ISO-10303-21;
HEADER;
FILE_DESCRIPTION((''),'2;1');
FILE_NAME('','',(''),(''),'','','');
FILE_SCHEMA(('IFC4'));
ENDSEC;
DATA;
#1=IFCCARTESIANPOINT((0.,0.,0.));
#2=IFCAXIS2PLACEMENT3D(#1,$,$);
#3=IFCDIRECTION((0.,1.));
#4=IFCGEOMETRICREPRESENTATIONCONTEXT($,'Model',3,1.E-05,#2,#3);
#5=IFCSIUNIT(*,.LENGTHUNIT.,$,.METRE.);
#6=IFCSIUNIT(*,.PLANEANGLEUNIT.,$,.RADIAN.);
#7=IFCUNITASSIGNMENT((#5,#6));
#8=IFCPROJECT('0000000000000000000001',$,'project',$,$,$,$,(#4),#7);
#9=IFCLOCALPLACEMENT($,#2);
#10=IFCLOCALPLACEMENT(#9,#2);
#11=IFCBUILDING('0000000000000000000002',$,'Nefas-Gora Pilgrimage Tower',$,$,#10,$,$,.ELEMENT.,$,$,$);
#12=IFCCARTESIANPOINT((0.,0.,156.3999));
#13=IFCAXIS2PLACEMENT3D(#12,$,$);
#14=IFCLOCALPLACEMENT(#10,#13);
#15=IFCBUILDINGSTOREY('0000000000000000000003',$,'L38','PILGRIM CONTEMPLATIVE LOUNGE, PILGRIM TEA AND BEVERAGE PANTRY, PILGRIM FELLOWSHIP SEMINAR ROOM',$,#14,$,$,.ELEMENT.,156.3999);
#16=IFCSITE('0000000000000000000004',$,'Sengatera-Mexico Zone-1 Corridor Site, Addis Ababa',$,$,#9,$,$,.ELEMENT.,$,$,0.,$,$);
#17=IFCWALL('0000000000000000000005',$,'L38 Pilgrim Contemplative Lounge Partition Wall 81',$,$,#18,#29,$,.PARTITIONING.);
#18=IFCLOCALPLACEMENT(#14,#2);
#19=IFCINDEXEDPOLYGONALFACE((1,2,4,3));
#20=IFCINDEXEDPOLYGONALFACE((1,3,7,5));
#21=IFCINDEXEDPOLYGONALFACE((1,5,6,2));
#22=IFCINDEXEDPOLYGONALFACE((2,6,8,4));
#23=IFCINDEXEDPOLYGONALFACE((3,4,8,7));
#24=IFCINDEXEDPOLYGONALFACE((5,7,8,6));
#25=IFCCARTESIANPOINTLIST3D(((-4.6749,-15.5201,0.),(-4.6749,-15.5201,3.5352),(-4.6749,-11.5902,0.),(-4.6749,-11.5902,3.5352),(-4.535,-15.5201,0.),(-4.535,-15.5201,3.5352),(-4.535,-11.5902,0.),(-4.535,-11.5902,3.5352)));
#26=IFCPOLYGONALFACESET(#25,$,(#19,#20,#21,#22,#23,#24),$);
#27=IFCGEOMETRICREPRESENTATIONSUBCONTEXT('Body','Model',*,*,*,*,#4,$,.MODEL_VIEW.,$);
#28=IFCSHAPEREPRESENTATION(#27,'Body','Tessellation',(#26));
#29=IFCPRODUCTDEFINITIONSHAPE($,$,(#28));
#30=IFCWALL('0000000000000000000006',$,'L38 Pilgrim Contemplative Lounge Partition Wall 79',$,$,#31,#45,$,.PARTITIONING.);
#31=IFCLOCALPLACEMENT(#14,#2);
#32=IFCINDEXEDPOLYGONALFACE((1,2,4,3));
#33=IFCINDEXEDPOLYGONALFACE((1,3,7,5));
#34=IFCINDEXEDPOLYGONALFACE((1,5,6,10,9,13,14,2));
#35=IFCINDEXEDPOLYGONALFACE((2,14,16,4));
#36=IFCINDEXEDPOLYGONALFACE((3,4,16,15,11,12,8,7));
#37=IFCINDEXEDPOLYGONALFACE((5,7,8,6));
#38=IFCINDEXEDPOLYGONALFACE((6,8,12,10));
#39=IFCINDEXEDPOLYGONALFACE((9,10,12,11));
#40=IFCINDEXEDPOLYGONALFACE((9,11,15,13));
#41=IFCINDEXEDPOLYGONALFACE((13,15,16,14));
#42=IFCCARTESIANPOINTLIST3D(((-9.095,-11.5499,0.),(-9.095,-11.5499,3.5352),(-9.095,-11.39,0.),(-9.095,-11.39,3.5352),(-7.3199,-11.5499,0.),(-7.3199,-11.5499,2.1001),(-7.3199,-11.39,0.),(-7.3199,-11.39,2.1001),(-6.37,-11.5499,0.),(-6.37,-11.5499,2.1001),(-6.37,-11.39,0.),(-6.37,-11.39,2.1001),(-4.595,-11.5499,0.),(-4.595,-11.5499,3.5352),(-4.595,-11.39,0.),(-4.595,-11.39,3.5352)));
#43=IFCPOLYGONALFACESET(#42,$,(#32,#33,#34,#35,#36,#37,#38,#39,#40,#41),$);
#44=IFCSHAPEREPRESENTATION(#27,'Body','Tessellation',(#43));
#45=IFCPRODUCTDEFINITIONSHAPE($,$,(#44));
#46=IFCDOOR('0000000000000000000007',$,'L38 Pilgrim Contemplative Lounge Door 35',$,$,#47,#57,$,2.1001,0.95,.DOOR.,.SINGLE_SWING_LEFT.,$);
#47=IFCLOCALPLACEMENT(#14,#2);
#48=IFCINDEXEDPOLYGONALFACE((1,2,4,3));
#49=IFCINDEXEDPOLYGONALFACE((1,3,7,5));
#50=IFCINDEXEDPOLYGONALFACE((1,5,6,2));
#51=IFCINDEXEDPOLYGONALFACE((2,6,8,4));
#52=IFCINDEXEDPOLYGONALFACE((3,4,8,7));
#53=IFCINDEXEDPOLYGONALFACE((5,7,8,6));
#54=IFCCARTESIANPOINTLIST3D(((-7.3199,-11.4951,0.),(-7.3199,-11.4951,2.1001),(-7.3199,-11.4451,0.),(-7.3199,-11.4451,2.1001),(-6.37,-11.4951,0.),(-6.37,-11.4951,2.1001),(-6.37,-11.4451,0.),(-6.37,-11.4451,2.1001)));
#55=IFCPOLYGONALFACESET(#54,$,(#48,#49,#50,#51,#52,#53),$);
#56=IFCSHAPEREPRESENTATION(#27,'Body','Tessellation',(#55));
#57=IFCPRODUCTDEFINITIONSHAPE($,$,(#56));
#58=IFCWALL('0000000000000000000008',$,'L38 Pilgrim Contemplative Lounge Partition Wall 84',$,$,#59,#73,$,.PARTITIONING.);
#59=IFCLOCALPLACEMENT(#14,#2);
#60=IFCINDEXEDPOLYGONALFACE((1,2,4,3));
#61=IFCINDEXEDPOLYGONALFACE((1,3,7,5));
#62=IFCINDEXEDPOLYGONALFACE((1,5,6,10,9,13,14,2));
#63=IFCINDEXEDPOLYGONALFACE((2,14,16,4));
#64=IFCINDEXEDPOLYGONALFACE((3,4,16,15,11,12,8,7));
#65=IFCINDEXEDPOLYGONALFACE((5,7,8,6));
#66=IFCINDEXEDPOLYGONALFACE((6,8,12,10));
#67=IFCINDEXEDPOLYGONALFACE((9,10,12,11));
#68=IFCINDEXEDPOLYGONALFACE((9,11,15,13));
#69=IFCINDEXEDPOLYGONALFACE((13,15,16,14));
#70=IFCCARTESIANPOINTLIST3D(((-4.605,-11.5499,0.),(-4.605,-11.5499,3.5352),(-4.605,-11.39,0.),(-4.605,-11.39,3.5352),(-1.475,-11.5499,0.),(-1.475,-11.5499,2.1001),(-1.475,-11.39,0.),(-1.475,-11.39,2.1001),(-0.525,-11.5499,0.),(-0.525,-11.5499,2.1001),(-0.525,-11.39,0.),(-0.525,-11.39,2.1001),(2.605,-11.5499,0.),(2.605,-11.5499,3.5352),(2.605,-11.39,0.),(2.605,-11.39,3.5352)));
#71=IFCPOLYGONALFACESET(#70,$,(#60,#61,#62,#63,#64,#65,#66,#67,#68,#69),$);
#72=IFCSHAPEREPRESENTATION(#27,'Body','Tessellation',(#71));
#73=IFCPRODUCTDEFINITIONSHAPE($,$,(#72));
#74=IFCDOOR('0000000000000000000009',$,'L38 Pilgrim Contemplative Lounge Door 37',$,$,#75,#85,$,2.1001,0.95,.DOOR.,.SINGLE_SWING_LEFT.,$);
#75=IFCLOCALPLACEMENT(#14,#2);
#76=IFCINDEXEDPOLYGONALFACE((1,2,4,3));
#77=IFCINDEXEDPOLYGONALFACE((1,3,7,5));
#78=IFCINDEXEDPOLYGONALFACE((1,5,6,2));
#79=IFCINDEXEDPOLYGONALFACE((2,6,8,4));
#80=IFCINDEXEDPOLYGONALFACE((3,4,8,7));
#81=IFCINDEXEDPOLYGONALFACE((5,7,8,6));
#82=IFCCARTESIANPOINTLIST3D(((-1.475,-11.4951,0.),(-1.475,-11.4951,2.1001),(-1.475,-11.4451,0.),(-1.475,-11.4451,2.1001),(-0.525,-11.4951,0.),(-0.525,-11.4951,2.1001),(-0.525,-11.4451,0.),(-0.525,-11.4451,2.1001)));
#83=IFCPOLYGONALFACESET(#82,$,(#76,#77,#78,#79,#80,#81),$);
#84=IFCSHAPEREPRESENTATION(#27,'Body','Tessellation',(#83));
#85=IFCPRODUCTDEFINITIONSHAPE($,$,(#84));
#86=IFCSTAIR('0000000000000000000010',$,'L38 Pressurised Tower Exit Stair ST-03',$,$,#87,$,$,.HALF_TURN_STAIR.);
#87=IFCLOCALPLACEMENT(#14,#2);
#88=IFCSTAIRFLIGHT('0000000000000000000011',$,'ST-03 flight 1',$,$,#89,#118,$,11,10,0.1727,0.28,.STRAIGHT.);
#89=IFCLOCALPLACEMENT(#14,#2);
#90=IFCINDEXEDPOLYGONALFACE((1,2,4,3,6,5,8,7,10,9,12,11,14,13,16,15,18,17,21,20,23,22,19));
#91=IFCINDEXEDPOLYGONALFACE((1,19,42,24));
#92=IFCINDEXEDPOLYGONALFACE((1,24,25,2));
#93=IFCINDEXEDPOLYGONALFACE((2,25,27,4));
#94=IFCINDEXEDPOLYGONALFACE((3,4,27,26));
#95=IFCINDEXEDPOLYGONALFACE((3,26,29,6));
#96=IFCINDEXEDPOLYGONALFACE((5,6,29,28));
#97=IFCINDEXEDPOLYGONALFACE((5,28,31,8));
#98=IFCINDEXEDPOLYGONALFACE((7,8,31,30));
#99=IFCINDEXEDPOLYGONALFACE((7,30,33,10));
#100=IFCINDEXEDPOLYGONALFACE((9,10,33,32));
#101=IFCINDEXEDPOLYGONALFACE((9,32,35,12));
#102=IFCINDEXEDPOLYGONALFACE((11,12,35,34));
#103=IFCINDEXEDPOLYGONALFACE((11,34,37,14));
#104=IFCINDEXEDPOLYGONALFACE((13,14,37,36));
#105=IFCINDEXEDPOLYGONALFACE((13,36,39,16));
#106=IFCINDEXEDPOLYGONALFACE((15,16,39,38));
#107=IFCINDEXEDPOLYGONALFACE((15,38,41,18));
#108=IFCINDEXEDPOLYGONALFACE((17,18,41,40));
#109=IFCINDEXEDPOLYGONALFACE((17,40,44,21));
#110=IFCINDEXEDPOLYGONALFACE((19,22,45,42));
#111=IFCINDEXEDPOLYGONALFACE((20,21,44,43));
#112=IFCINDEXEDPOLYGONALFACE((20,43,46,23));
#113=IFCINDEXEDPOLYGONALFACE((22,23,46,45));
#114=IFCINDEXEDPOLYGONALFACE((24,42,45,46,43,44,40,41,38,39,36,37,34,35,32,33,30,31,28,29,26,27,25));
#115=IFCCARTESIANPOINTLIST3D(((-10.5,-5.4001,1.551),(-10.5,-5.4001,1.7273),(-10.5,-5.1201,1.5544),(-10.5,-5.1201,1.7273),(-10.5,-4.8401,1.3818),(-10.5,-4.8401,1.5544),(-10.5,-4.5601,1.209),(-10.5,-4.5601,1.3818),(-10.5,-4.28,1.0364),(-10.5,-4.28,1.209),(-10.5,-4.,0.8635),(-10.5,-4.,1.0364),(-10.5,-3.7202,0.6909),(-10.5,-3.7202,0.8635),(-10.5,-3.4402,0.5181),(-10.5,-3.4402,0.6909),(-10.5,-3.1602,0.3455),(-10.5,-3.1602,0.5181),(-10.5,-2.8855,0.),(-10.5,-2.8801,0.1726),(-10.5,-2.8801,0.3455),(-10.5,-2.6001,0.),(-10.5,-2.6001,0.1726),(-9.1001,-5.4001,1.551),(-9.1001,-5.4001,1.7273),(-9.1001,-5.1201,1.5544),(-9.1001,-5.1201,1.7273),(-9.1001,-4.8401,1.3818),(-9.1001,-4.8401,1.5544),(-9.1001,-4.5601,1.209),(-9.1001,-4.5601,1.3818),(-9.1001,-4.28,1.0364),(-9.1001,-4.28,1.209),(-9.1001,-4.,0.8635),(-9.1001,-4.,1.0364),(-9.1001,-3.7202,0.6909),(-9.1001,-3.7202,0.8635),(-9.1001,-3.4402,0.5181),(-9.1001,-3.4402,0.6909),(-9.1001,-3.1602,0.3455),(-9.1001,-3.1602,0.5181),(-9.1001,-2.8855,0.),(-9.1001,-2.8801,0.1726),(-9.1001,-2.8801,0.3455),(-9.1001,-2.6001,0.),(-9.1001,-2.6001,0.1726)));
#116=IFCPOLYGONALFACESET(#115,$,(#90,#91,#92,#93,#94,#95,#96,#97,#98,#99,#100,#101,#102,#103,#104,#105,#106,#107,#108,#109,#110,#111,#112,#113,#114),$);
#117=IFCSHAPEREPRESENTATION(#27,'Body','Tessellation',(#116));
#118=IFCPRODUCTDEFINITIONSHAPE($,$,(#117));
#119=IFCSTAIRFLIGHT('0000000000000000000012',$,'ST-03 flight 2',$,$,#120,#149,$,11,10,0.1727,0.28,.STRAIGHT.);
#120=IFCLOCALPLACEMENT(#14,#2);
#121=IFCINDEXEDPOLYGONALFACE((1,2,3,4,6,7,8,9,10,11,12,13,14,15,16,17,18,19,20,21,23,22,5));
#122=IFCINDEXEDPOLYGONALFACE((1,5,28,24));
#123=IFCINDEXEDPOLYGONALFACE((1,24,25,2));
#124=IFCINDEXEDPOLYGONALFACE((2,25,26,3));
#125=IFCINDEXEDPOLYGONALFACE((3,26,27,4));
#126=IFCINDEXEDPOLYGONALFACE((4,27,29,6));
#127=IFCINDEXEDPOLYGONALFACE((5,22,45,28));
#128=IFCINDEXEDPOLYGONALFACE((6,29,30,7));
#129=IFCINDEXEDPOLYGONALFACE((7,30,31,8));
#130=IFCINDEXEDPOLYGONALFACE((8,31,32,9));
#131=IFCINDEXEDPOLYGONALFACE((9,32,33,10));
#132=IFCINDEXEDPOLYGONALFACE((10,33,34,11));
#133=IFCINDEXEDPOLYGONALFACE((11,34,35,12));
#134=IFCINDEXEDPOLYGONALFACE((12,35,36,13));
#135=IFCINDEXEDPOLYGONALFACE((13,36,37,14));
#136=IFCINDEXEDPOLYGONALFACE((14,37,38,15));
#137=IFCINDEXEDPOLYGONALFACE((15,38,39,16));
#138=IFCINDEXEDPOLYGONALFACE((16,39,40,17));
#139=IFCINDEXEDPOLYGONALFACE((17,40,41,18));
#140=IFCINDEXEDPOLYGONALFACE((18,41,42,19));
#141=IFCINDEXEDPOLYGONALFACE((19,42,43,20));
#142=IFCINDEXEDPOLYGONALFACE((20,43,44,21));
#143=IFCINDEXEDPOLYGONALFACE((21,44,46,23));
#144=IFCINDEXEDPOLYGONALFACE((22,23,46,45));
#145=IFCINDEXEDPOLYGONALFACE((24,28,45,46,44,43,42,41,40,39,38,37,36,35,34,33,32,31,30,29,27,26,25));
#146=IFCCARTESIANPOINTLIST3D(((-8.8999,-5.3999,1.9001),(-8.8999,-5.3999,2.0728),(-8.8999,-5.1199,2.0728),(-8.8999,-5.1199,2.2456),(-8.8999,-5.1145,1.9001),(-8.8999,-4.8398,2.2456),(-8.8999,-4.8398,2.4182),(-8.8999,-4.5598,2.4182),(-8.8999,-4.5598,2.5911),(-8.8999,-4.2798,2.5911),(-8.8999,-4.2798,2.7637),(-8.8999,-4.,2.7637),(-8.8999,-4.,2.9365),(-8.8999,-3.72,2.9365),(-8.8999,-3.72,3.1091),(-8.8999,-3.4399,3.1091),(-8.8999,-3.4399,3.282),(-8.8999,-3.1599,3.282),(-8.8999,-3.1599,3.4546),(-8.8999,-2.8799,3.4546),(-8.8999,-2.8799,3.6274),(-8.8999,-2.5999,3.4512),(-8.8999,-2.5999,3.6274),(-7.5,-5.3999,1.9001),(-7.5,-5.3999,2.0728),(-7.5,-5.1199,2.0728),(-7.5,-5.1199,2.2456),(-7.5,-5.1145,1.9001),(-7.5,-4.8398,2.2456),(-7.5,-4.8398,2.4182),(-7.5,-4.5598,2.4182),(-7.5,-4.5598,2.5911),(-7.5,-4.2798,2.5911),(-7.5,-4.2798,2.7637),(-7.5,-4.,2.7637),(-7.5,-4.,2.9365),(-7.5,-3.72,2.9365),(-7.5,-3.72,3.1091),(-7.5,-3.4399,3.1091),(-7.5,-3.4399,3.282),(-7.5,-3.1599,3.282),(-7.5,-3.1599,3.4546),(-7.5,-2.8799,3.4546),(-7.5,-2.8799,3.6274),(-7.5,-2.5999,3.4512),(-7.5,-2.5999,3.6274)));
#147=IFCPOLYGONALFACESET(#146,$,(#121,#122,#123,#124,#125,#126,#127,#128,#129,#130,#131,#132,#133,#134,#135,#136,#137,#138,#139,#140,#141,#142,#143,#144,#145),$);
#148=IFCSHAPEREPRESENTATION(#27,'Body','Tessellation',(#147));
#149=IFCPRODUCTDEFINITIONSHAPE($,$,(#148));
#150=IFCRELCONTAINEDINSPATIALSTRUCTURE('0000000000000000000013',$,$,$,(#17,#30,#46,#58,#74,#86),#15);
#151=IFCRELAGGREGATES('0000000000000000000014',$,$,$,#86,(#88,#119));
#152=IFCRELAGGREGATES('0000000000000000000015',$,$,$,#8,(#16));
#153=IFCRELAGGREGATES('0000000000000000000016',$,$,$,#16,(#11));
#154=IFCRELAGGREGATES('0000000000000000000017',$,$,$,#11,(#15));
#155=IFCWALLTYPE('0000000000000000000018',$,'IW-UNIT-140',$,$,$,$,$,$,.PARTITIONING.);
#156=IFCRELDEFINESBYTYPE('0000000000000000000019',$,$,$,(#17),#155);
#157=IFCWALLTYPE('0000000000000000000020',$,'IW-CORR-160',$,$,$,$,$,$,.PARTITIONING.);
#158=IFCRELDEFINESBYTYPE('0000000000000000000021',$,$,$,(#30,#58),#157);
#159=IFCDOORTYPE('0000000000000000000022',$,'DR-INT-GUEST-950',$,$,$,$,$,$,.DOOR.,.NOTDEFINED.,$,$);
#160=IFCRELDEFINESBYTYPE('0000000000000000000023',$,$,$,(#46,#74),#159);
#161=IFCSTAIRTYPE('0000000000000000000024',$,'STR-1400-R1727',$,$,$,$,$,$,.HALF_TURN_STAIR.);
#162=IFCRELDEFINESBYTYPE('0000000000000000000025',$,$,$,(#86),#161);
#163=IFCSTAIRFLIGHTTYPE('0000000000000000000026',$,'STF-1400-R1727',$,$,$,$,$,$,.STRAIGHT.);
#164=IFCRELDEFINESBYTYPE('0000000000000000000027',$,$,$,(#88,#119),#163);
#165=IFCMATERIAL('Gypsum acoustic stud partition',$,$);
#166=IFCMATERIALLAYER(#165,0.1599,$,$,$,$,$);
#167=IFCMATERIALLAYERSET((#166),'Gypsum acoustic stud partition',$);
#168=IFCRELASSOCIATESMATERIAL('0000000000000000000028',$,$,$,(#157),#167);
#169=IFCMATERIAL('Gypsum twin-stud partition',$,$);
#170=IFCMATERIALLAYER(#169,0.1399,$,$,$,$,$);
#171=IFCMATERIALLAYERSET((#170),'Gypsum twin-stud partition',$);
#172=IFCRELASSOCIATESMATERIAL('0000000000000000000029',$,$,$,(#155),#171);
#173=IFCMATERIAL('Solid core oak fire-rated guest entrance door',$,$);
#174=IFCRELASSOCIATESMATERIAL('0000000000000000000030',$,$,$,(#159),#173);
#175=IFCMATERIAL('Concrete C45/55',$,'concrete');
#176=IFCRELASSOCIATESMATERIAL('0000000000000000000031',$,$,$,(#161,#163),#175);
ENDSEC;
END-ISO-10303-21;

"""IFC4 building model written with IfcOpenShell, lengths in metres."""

from ifc_helpers import new_model, si_unit, direction, frame, frame_2d, origin, place, context, subcontext, project, spatial, polyline, rectangle, outline, extrude, source, transform, mapped, material, layer, layer_set, type_object, element, fill, aggregate, save


model = new_model("IFC4")

# Units and contexts
model_context = context("Model", 3, precision=1e-05, world=origin(), true_north=direction((0.0, 1.0)))
body_context = subcontext(model_context, "Body", "Model", "MODEL_VIEW")
ifc_project = project(units=[si_unit("LENGTHUNIT", "METRE"), si_unit("PLANEANGLEUNIT", "RADIAN")], contexts=[model_context])

# Site, building, storey
site_placement = place(None, origin())
site = spatial("IfcSite", under=ifc_project, at=site_placement, Name="Sengatera-Mexico Zone-1 Corridor Site, Addis Ababa", CompositionType="ELEMENT", RefElevation=0.0)
building_placement = place(site_placement, origin())
building = spatial("IfcBuilding", under=site, at=building_placement, Name="Nefas-Gora Pilgrimage Tower", CompositionType="ELEMENT")
storey_placement = place(building_placement, frame((0.0, 0.0, 156.3999)))
storey = spatial("IfcBuildingStorey", under=building, at=storey_placement, Name="L38", Description="PILGRIM CONTEMPLATIVE LOUNGE, PILGRIM TEA AND BEVERAGE PANTRY, PILGRIM FELLOWSHIP SEMINAR ROOM", CompositionType="ELEMENT", Elevation=156.3999)

# Shared definitions
ifc_material_1 = material(Name="Concrete C45/55", Category="concrete")

# Shared definitions
ifc_material_2 = material(Name="Gypsum acoustic stud partition")
ifc_layer_1 = layer(ifc_material_2, 0.1599)
ifc_layer_set_1 = layer_set([ifc_layer_1], Name="Gypsum acoustic stud partition")
wall_type_1 = type_object("IfcWallType", Name="IW-CORR-160", PredefinedType="PARTITIONING", material=ifc_layer_set_1)
ifc_material_3 = material(Name="Gypsum twin-stud partition")
ifc_layer_2 = layer(ifc_material_3, 0.1399)
ifc_layer_set_2 = layer_set([ifc_layer_2], Name="Gypsum twin-stud partition")
wall_type_2 = type_object("IfcWallType", Name="IW-UNIT-140", PredefinedType="PARTITIONING", material=ifc_layer_set_2)

# Wall
shared_shape_1 = source(origin(), body_context, "Body", "SweptSolid", [
    extrude(rectangle(XDim=3.9299, YDim=0.1399, at=frame_2d((1.9648, 0.0))), origin(), (0.0, 0.0, 1.0), 3.5352),
])
wall_1_placement = place(storey_placement, frame((-4.605, -15.52, 0.0), z_axis=(0.0, 0.0, 1.0), x_axis=(0.0, 1.0, 0.0)))
element("IfcWall", 1, at=wall_1_placement, inside=storey, type_object=wall_type_2, Name="L38 Pilgrim Contemplative Lounge Partition Wall 81", PredefinedType="PARTITIONING", context=body_context, shape_type="MappedRepresentation", body=[
    mapped(shared_shape_1, transform((0.0, 0.0, 0.0), x_axis=(1.0, 0.0, 0.0), y_axis=(0.0, 1.0, 0.0), z_axis=(0.0, 0.0, 1.0), scale=1.0)),
])

# Walls, openings, doors
shared_shape_2 = source(origin(), body_context, "Body", "SweptSolid", [
    extrude(rectangle(XDim=4.5, YDim=0.1599, at=frame_2d((2.25, 0.0))), origin(), (0.0, 0.0, 1.0), 3.5352),
])
wall_2_placement = place(storey_placement, frame((-9.095, -11.47, 0.0), z_axis=(0.0, 0.0, 1.0), x_axis=(1.0, 0.0, 0.0)))
wall_2 = element("IfcWall", 2, at=wall_2_placement, inside=storey, type_object=wall_type_1, Name="L38 Pilgrim Contemplative Lounge Partition Wall 79", PredefinedType="PARTITIONING", context=body_context, shape_type="MappedRepresentation", body=[
    mapped(shared_shape_2, transform((0.0, 0.0, 0.0), x_axis=(1.0, 0.0, 0.0), y_axis=(0.0, 1.0, 0.0), z_axis=(0.0, 0.0, 1.0), scale=1.0)),
])
opening_1_placement = place(wall_2_placement, frame((1.7749, 0.0, 0.0)))
opening_1 = element("IfcOpeningElement", 3, at=opening_1_placement, cuts=wall_2, PredefinedType="OPENING", context=body_context, shape_type="SweptSolid", body=[
    extrude(rectangle(XDim=0.95, YDim=2.1001, at=frame_2d((0.4751, 1.05))), frame((0.0, 0.0898, 0.0), z_axis=(0.0, -1.0, 0.0), x_axis=(1.0, 0.0, 0.0)), (0.0, 0.0, 1.0), 0.1799),
])
ifc_material_4 = material(Name="Solid core oak fire-rated guest entrance door")
door_type_1 = type_object("IfcDoorType", Name="DR-INT-GUEST-950", OperationType="NOTDEFINED", PredefinedType="DOOR", material=ifc_material_4)
shared_shape_3 = source(origin(), body_context, "Body", "SweptSolid", [
    extrude(rectangle(XDim=0.95, YDim=2.1001, at=frame_2d((0.4751, 1.05))), frame((0.0, 0.0249, 0.0), z_axis=(0.0, -1.0, 0.0), x_axis=(1.0, 0.0, 0.0)), (0.0, 0.0, 1.0), 0.05),
])
door_1_placement = place(opening_1_placement, origin())
door_1 = element("IfcDoor", 4, at=door_1_placement, inside=storey, type_object=door_type_1, Name="L38 Pilgrim Contemplative Lounge Door 35", OperationType="SINGLE_SWING_LEFT", OverallHeight=2.1001, OverallWidth=0.95, PredefinedType="DOOR", context=body_context, shape_type="MappedRepresentation", body=[
    mapped(shared_shape_3, transform((0.0, 0.0, 0.0), x_axis=(1.0, 0.0, 0.0), y_axis=(0.0, 1.0, 0.0), z_axis=(0.0, 0.0, 1.0), scale=1.0)),
])
fill(opening_1, door_1)
shared_shape_4 = source(origin(), body_context, "Body", "SweptSolid", [
    extrude(rectangle(XDim=7.21, YDim=0.1599, at=frame_2d((3.605, 0.0))), origin(), (0.0, 0.0, 1.0), 3.5352),
])
wall_3_placement = place(storey_placement, frame((-4.605, -11.47, 0.0), z_axis=(0.0, 0.0, 1.0), x_axis=(1.0, 0.0, 0.0)))
wall_3 = element("IfcWall", 5, at=wall_3_placement, inside=storey, type_object=wall_type_1, Name="L38 Pilgrim Contemplative Lounge Partition Wall 84", PredefinedType="PARTITIONING", context=body_context, shape_type="MappedRepresentation", body=[
    mapped(shared_shape_4, transform((0.0, 0.0, 0.0), x_axis=(1.0, 0.0, 0.0), y_axis=(0.0, 1.0, 0.0), z_axis=(0.0, 0.0, 1.0), scale=1.0)),
])
opening_2_placement = place(wall_3_placement, frame((3.1299, 0.0, 0.0)))
opening_2 = element("IfcOpeningElement", 6, at=opening_2_placement, cuts=wall_3, PredefinedType="OPENING", context=body_context, shape_type="SweptSolid", body=[
    extrude(rectangle(XDim=0.95, YDim=2.1001, at=frame_2d((0.4751, 1.05))), frame((0.0, 0.0898, 0.0), z_axis=(0.0, -1.0, 0.0), x_axis=(1.0, 0.0, 0.0)), (0.0, 0.0, 1.0), 0.1799),
])
door_2_placement = place(opening_2_placement, origin())
door_2 = element("IfcDoor", 7, at=door_2_placement, inside=storey, type_object=door_type_1, Name="L38 Pilgrim Contemplative Lounge Door 37", OperationType="SINGLE_SWING_LEFT", OverallHeight=2.1001, OverallWidth=0.95, PredefinedType="DOOR", context=body_context, shape_type="MappedRepresentation", body=[
    mapped(shared_shape_3, transform((0.0, 0.0, 0.0), x_axis=(1.0, 0.0, 0.0), y_axis=(0.0, 1.0, 0.0), z_axis=(0.0, 0.0, 1.0), scale=1.0)),
])
fill(opening_2, door_2)

# Stair, stair flights
stair_type = type_object("IfcStairType", Name="STR-1400-R1727", PredefinedType="HALF_TURN_STAIR", material=ifc_material_1)
stair_placement = place(storey_placement, origin())
stair = element("IfcStair", 8, at=stair_placement, inside=storey, type_object=stair_type, Name="L38 Pressurised Tower Exit Stair ST-03", PredefinedType="HALF_TURN_STAIR")
stair_flight_type = type_object("IfcStairFlightType", Name="STF-1400-R1727", PredefinedType="STRAIGHT", material=ifc_material_1)
shared_shape_5 = source(origin(), body_context, "Body", "SweptSolid", [
    extrude(outline(polyline([(0.0, 0.0), (0.0, 0.1726), (0.28, 0.1726), (0.28, 0.3455), (0.5601, 0.3455), (0.5601, 0.5181), (0.8401, 0.5181), (0.8401, 0.6909), (1.1201, 0.6909), (1.1201, 0.8635), (1.3999, 0.8635), (1.3999, 1.0364), (1.6799, 1.0364), (1.6799, 1.209), (1.96, 1.209), (1.96, 1.3818), (2.24, 1.3818), (2.24, 1.5544), (2.52, 1.5544), (2.52, 1.7273), (2.8, 1.7273), (2.8, 1.8999), (2.8, 1.551), (0.2854, 0.0), (0.0, 0.0)])), frame((0.0, 0.7, 0.0), z_axis=(0.0, -1.0, 0.0), x_axis=(1.0, 0.0, 0.0)), (0.0, 0.0, 1.0), 1.3999),
])
stair_flight_1_placement = place(storey_placement, frame((-9.8, -2.6001, 0.0), z_axis=(0.0, 0.0, 1.0), x_axis=(0.0, -1.0, 0.0)))
stair_flight_1 = element("IfcStairFlight", 9, at=stair_flight_1_placement, type_object=stair_flight_type, Name="ST-03 flight 1", NumberOfRisers=11, NumberOfTreads=10, PredefinedType="STRAIGHT", RiserHeight=0.1727, TreadLength=0.28, context=body_context, shape_type="MappedRepresentation", body=[
    mapped(shared_shape_5, transform((0.0, 0.0, 0.0), x_axis=(1.0, 0.0, 0.0), y_axis=(0.0, 1.0, 0.0), z_axis=(0.0, 0.0, 1.0), scale=1.0)),
])
stair_flight_2_placement = place(storey_placement, frame((-8.2, -5.3999, 1.9001), z_axis=(0.0, 0.0, 1.0), x_axis=(0.0, 1.0, 0.0)))
stair_flight_2 = element("IfcStairFlight", 10, at=stair_flight_2_placement, type_object=stair_flight_type, Name="ST-03 flight 2", NumberOfRisers=11, NumberOfTreads=10, PredefinedType="STRAIGHT", RiserHeight=0.1727, TreadLength=0.28, context=body_context, shape_type="MappedRepresentation", body=[
    mapped(shared_shape_5, transform((0.0, 0.0, 0.0), x_axis=(1.0, 0.0, 0.0), y_axis=(0.0, 1.0, 0.0), z_axis=(0.0, 0.0, 1.0), scale=1.0)),
])
aggregate(stair, [stair_flight_1, stair_flight_2])

save(model, "model.ifc")
